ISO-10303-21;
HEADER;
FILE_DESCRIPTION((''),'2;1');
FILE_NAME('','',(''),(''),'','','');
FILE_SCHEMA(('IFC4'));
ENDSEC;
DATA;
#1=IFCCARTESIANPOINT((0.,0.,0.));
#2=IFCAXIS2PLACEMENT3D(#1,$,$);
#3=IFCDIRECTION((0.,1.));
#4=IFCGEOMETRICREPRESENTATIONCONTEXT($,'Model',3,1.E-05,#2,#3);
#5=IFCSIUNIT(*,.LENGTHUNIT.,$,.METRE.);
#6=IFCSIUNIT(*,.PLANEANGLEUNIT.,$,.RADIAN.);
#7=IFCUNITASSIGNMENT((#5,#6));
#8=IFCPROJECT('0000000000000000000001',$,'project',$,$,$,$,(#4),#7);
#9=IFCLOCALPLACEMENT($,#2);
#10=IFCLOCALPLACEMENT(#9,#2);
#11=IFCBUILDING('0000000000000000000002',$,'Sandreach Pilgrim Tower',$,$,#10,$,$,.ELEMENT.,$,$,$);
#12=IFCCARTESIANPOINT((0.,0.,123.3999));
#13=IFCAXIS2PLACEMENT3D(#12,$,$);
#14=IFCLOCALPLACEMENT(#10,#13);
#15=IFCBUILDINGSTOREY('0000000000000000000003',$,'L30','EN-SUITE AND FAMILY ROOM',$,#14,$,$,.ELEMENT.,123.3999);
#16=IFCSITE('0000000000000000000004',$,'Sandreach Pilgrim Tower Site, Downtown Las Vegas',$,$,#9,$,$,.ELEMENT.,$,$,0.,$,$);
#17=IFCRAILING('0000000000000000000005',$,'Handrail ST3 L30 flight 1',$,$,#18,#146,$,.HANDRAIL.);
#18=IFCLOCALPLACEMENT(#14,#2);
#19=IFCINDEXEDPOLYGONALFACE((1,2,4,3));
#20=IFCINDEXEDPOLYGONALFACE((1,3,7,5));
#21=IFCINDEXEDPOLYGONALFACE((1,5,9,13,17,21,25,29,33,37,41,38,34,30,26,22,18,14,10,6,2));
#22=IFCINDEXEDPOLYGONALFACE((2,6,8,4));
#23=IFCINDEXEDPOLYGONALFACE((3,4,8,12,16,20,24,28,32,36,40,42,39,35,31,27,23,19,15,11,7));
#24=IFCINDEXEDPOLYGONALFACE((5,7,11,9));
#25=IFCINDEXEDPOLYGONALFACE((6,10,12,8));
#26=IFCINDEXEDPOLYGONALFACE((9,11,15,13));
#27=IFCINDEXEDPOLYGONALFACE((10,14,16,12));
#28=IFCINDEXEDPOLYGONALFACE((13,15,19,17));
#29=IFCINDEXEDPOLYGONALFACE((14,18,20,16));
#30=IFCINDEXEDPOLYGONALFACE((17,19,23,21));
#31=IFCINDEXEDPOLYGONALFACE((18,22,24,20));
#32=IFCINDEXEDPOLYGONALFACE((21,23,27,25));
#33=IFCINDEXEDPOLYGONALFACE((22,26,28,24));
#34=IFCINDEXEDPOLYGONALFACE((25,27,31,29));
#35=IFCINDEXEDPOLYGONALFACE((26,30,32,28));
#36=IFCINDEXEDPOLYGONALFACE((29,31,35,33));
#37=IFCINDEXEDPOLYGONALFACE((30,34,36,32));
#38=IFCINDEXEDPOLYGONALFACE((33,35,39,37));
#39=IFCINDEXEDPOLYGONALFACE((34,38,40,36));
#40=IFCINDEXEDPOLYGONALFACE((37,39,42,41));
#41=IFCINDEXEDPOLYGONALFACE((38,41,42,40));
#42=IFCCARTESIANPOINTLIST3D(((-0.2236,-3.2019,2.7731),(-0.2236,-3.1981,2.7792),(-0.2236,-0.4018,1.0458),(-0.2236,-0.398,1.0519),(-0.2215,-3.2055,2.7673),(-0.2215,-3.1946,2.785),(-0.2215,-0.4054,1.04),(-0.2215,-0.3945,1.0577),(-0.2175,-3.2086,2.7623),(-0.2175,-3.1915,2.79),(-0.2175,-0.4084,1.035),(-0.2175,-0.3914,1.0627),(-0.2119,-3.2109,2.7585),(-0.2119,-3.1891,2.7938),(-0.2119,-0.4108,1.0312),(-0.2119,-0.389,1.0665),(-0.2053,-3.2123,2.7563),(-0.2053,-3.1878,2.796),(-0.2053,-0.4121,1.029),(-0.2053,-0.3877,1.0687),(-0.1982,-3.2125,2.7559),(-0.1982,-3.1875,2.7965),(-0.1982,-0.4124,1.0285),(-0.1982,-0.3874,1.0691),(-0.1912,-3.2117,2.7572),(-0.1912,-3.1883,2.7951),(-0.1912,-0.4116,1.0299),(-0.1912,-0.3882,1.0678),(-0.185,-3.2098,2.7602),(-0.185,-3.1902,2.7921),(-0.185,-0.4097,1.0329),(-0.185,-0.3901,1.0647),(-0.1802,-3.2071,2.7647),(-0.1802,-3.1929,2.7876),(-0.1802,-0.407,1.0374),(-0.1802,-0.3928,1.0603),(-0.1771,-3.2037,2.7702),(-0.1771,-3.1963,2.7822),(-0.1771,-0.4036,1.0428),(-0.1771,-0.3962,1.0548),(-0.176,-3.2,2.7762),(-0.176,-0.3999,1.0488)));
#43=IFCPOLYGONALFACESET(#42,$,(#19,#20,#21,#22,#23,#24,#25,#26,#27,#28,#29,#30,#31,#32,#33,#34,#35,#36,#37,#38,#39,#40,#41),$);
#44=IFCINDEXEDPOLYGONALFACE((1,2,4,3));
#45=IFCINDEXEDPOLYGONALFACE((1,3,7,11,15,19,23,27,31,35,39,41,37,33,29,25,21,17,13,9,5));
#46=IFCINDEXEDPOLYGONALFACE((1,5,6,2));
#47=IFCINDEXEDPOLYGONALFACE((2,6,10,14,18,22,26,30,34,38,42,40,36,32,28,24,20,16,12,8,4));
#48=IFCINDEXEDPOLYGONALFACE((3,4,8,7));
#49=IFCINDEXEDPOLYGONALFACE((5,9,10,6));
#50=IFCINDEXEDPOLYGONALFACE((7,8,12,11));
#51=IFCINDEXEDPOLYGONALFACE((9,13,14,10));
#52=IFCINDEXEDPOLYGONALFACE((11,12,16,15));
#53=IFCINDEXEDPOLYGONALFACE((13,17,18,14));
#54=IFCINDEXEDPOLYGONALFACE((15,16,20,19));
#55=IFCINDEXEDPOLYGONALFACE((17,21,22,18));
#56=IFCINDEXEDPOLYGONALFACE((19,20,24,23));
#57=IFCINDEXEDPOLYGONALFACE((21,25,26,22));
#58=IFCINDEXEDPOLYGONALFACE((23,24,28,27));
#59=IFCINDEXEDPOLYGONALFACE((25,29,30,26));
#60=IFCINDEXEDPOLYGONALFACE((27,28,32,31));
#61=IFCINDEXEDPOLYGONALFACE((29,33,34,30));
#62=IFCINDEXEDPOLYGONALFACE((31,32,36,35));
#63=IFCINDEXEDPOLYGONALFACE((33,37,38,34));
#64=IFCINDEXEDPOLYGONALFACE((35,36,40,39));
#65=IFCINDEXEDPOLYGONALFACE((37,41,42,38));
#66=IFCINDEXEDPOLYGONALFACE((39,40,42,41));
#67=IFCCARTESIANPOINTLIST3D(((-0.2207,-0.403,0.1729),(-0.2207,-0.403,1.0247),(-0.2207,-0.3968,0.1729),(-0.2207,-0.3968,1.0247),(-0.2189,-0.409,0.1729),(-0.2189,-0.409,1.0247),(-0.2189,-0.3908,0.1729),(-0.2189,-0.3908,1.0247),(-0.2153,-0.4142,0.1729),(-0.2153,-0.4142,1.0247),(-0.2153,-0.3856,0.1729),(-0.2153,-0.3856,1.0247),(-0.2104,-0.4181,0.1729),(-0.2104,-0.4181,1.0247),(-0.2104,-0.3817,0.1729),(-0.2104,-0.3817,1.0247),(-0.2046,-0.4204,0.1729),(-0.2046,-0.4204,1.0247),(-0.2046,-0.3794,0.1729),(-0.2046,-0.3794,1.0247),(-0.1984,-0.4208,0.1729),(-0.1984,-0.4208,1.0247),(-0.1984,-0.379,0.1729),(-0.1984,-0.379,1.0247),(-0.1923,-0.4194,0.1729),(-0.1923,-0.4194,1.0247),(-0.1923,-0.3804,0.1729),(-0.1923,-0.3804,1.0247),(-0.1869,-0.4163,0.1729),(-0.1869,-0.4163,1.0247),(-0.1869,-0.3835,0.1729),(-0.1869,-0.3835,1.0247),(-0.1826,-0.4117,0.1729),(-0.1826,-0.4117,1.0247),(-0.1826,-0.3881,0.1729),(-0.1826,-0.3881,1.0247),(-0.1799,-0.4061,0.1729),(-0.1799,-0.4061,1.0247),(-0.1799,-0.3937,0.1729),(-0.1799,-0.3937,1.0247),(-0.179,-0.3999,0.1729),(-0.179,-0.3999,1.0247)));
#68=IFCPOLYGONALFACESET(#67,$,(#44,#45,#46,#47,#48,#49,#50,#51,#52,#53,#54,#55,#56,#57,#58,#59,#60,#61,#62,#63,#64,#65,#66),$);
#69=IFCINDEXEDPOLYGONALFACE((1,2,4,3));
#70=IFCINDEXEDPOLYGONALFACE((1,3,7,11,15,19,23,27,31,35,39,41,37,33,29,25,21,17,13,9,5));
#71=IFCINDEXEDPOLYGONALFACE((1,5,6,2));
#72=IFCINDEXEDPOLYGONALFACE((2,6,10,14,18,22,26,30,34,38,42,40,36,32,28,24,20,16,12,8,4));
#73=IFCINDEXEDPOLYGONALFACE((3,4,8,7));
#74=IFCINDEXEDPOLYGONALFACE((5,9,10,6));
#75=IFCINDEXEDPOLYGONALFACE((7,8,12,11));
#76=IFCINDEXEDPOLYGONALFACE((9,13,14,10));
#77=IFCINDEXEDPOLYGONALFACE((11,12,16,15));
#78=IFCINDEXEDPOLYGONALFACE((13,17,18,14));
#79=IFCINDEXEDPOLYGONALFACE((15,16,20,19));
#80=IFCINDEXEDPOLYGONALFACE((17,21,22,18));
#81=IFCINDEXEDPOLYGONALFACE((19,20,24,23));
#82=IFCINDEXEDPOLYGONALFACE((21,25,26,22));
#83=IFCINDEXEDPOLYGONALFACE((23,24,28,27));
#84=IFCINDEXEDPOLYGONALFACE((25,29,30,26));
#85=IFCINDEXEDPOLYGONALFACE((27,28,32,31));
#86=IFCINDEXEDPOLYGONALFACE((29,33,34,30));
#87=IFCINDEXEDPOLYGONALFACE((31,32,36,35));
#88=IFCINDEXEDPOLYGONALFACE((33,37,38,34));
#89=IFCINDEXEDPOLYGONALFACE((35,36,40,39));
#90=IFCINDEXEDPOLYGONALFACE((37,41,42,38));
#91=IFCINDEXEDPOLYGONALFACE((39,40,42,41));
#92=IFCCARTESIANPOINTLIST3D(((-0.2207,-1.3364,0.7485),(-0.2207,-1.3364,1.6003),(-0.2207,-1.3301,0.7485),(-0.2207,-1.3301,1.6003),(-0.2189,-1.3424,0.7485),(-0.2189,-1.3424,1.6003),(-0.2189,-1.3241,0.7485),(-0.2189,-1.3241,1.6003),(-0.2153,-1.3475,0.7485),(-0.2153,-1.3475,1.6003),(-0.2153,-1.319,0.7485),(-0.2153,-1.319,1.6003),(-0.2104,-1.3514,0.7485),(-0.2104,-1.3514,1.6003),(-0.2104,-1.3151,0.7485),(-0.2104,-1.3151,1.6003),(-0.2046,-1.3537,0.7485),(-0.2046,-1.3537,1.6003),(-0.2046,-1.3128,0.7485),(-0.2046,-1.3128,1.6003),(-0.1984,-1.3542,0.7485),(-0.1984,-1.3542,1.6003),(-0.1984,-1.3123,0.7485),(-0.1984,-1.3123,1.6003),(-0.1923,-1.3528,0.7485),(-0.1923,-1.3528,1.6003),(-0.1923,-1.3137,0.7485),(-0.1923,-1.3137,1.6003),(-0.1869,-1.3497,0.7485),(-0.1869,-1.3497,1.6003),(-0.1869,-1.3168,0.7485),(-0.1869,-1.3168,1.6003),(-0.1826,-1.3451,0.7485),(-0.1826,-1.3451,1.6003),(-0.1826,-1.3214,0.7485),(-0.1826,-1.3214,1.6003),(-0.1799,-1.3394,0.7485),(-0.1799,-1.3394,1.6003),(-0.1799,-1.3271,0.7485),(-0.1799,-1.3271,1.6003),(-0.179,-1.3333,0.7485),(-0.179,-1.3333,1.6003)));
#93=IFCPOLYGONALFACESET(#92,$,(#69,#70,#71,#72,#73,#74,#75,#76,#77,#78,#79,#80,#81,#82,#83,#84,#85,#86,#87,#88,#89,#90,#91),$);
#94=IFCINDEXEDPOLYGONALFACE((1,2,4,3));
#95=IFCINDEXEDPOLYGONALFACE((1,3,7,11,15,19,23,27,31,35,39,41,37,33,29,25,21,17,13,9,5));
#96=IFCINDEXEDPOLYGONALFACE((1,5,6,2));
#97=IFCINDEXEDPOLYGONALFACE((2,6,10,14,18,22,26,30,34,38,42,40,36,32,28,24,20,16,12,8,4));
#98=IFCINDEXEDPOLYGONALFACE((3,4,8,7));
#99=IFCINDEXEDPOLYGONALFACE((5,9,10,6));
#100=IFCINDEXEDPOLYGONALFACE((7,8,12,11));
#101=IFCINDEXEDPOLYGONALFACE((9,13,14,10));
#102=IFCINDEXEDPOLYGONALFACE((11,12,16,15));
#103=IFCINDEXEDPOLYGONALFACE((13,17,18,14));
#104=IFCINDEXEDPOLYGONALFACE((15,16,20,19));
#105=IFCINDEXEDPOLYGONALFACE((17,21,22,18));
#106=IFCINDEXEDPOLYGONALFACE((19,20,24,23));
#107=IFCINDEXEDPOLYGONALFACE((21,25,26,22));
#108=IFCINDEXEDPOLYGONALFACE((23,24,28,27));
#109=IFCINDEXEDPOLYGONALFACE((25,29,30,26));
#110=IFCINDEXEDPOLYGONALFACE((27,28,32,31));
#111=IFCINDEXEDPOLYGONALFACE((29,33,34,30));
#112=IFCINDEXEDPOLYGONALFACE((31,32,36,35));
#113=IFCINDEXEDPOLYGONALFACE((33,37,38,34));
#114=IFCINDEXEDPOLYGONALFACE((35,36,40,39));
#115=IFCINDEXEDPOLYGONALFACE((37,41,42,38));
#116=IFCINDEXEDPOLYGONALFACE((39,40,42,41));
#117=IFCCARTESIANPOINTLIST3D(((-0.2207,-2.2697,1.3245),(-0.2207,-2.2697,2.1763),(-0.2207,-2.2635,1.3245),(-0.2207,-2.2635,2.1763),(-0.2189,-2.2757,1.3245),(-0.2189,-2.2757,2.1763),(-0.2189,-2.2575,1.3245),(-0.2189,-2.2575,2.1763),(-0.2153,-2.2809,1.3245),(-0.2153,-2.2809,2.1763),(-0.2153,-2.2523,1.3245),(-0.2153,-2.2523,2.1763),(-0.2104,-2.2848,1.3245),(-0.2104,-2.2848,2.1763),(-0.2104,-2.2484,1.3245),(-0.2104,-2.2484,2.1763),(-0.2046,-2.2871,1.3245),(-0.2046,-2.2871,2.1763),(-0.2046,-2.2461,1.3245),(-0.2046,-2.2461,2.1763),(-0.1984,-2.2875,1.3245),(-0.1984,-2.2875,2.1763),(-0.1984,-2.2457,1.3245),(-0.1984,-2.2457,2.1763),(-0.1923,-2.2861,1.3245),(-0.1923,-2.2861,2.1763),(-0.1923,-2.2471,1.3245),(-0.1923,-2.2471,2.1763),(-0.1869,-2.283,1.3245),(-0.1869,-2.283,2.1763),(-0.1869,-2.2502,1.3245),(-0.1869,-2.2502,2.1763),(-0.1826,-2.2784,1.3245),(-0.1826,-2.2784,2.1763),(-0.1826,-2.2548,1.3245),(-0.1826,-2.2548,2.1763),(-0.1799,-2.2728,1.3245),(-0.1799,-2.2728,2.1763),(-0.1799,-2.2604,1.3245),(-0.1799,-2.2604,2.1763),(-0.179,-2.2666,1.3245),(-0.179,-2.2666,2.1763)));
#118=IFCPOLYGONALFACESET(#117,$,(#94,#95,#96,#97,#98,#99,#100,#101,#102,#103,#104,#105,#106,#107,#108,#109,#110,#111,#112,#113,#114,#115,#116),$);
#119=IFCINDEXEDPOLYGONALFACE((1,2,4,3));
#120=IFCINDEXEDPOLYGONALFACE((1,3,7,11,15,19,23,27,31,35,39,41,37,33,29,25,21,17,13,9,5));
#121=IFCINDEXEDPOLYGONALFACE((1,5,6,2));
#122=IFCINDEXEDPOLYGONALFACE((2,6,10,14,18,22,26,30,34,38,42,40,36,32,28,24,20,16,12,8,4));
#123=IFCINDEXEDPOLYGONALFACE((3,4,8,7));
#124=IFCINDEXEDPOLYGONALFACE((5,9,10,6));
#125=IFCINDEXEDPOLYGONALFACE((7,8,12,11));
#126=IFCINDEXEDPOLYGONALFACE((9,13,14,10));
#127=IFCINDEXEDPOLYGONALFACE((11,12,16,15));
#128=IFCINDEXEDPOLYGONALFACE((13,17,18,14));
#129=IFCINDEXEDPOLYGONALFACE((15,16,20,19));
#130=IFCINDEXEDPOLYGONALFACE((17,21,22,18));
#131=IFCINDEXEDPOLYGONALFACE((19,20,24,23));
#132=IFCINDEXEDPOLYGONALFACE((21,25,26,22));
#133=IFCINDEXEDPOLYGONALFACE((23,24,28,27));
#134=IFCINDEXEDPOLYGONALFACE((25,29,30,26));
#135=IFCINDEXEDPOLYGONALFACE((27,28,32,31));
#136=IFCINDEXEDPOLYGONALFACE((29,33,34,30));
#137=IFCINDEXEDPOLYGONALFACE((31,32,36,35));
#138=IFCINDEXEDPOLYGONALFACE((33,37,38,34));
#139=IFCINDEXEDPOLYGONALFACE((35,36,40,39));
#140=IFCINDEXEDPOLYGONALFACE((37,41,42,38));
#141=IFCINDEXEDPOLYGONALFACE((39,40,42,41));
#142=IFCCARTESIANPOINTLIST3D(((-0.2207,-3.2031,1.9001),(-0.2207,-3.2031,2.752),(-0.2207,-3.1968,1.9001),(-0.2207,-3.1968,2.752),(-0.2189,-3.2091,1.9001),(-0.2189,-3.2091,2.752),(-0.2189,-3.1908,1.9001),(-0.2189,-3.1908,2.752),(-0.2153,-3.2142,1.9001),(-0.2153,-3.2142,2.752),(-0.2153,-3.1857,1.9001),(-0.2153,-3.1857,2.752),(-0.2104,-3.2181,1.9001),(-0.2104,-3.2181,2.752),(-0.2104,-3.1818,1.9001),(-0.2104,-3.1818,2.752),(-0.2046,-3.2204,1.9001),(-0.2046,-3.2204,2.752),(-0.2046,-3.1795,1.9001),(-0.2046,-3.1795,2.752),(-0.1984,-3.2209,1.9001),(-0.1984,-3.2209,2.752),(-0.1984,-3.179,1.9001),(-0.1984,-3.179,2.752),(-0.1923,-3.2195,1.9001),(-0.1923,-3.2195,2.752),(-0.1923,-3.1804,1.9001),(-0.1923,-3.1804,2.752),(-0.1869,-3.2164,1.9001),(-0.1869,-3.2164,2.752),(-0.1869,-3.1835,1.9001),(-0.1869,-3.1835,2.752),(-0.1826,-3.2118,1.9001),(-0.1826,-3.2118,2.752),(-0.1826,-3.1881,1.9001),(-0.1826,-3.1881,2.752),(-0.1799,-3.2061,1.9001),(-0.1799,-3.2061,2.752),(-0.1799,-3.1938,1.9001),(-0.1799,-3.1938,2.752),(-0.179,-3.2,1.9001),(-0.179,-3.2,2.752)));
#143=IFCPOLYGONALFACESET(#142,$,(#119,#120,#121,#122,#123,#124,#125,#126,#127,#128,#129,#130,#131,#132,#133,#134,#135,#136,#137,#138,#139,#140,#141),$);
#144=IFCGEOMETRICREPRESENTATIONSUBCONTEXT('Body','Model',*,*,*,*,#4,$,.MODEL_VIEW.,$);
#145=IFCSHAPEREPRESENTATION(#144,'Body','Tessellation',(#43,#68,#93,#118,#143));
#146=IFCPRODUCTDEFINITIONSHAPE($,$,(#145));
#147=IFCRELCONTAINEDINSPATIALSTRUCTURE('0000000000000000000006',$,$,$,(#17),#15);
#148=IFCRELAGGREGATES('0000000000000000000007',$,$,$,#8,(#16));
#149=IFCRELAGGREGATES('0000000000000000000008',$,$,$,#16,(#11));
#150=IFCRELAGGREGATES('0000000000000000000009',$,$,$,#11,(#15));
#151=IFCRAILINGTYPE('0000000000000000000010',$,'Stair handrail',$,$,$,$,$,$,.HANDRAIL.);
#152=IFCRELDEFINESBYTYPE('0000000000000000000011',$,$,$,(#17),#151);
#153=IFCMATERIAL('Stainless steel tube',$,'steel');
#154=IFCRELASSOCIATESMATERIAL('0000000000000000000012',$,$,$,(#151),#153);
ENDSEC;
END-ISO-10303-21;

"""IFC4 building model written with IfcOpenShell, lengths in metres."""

from ifc_helpers import new_model, si_unit, direction, frame, origin, origin_2d, place, context, subcontext, project, spatial, circle, extrude, material, type_object, element, save


model = new_model("IFC4")

# Units and contexts
model_context = context("Model", 3, precision=1e-05, world=origin(), true_north=direction((0.0, 1.0)))
body_context = subcontext(model_context, "Body", "Model", "MODEL_VIEW")
ifc_project = project(units=[si_unit("LENGTHUNIT", "METRE"), si_unit("PLANEANGLEUNIT", "RADIAN")], contexts=[model_context])

# Site, building, storey
site_placement = place(None, origin())
site = spatial("IfcSite", under=ifc_project, at=site_placement, Name="Sandreach Pilgrim Tower Site, Downtown Las Vegas", CompositionType="ELEMENT", RefElevation=0.0)
building_placement = place(site_placement, origin())
building = spatial("IfcBuilding", under=site, at=building_placement, Name="Sandreach Pilgrim Tower", CompositionType="ELEMENT")
storey_placement = place(building_placement, frame((0.0, 0.0, 123.3999)))
storey = spatial("IfcBuildingStorey", under=building, at=storey_placement, Name="L30", Description="EN-SUITE AND FAMILY ROOM", CompositionType="ELEMENT", Elevation=123.3999)

# Railing
ifc_material_1 = material(Name="Stainless steel tube", Category="steel")
railing_type = type_object("IfcRailingType", Name="Stair handrail", PredefinedType="HANDRAIL", material=ifc_material_1)
for number, where, name in (
    (1, (-0.2, -0.3999, 0.1729), "Handrail ST3 L30 flight 1"),
):
    element("IfcRailing", number, at=place(storey_placement, frame(where)), inside=storey, type_object=railing_type, Name=name, PredefinedType="HANDRAIL", context=body_context, shape_type="SweptSolid", body=[
        extrude(circle(Radius=0.0239, at=origin_2d()), frame((0.0, 0.0, 0.876), z_axis=(0.0, -0.85109, 0.52502), x_axis=(1.0, 0.0, 0.0)), (0.0, 0.0, 1.0), 3.29),
        extrude(circle(Radius=0.021, at=origin_2d()), origin(), (0.0, 0.0, 1.0), 0.8518),
        extrude(circle(Radius=0.021, at=origin_2d()), frame((0.0, -0.9333, 0.5757)), (0.0, 0.0, 1.0), 0.8518),
        extrude(circle(Radius=0.021, at=origin_2d()), frame((0.0, -1.8667, 1.1516)), (0.0, 0.0, 1.0), 0.8518),
        extrude(circle(Radius=0.021, at=origin_2d()), frame((0.0, -2.8, 1.7273)), (0.0, 0.0, 1.0), 0.8518),
    ])

save(model, "model.ifc")
